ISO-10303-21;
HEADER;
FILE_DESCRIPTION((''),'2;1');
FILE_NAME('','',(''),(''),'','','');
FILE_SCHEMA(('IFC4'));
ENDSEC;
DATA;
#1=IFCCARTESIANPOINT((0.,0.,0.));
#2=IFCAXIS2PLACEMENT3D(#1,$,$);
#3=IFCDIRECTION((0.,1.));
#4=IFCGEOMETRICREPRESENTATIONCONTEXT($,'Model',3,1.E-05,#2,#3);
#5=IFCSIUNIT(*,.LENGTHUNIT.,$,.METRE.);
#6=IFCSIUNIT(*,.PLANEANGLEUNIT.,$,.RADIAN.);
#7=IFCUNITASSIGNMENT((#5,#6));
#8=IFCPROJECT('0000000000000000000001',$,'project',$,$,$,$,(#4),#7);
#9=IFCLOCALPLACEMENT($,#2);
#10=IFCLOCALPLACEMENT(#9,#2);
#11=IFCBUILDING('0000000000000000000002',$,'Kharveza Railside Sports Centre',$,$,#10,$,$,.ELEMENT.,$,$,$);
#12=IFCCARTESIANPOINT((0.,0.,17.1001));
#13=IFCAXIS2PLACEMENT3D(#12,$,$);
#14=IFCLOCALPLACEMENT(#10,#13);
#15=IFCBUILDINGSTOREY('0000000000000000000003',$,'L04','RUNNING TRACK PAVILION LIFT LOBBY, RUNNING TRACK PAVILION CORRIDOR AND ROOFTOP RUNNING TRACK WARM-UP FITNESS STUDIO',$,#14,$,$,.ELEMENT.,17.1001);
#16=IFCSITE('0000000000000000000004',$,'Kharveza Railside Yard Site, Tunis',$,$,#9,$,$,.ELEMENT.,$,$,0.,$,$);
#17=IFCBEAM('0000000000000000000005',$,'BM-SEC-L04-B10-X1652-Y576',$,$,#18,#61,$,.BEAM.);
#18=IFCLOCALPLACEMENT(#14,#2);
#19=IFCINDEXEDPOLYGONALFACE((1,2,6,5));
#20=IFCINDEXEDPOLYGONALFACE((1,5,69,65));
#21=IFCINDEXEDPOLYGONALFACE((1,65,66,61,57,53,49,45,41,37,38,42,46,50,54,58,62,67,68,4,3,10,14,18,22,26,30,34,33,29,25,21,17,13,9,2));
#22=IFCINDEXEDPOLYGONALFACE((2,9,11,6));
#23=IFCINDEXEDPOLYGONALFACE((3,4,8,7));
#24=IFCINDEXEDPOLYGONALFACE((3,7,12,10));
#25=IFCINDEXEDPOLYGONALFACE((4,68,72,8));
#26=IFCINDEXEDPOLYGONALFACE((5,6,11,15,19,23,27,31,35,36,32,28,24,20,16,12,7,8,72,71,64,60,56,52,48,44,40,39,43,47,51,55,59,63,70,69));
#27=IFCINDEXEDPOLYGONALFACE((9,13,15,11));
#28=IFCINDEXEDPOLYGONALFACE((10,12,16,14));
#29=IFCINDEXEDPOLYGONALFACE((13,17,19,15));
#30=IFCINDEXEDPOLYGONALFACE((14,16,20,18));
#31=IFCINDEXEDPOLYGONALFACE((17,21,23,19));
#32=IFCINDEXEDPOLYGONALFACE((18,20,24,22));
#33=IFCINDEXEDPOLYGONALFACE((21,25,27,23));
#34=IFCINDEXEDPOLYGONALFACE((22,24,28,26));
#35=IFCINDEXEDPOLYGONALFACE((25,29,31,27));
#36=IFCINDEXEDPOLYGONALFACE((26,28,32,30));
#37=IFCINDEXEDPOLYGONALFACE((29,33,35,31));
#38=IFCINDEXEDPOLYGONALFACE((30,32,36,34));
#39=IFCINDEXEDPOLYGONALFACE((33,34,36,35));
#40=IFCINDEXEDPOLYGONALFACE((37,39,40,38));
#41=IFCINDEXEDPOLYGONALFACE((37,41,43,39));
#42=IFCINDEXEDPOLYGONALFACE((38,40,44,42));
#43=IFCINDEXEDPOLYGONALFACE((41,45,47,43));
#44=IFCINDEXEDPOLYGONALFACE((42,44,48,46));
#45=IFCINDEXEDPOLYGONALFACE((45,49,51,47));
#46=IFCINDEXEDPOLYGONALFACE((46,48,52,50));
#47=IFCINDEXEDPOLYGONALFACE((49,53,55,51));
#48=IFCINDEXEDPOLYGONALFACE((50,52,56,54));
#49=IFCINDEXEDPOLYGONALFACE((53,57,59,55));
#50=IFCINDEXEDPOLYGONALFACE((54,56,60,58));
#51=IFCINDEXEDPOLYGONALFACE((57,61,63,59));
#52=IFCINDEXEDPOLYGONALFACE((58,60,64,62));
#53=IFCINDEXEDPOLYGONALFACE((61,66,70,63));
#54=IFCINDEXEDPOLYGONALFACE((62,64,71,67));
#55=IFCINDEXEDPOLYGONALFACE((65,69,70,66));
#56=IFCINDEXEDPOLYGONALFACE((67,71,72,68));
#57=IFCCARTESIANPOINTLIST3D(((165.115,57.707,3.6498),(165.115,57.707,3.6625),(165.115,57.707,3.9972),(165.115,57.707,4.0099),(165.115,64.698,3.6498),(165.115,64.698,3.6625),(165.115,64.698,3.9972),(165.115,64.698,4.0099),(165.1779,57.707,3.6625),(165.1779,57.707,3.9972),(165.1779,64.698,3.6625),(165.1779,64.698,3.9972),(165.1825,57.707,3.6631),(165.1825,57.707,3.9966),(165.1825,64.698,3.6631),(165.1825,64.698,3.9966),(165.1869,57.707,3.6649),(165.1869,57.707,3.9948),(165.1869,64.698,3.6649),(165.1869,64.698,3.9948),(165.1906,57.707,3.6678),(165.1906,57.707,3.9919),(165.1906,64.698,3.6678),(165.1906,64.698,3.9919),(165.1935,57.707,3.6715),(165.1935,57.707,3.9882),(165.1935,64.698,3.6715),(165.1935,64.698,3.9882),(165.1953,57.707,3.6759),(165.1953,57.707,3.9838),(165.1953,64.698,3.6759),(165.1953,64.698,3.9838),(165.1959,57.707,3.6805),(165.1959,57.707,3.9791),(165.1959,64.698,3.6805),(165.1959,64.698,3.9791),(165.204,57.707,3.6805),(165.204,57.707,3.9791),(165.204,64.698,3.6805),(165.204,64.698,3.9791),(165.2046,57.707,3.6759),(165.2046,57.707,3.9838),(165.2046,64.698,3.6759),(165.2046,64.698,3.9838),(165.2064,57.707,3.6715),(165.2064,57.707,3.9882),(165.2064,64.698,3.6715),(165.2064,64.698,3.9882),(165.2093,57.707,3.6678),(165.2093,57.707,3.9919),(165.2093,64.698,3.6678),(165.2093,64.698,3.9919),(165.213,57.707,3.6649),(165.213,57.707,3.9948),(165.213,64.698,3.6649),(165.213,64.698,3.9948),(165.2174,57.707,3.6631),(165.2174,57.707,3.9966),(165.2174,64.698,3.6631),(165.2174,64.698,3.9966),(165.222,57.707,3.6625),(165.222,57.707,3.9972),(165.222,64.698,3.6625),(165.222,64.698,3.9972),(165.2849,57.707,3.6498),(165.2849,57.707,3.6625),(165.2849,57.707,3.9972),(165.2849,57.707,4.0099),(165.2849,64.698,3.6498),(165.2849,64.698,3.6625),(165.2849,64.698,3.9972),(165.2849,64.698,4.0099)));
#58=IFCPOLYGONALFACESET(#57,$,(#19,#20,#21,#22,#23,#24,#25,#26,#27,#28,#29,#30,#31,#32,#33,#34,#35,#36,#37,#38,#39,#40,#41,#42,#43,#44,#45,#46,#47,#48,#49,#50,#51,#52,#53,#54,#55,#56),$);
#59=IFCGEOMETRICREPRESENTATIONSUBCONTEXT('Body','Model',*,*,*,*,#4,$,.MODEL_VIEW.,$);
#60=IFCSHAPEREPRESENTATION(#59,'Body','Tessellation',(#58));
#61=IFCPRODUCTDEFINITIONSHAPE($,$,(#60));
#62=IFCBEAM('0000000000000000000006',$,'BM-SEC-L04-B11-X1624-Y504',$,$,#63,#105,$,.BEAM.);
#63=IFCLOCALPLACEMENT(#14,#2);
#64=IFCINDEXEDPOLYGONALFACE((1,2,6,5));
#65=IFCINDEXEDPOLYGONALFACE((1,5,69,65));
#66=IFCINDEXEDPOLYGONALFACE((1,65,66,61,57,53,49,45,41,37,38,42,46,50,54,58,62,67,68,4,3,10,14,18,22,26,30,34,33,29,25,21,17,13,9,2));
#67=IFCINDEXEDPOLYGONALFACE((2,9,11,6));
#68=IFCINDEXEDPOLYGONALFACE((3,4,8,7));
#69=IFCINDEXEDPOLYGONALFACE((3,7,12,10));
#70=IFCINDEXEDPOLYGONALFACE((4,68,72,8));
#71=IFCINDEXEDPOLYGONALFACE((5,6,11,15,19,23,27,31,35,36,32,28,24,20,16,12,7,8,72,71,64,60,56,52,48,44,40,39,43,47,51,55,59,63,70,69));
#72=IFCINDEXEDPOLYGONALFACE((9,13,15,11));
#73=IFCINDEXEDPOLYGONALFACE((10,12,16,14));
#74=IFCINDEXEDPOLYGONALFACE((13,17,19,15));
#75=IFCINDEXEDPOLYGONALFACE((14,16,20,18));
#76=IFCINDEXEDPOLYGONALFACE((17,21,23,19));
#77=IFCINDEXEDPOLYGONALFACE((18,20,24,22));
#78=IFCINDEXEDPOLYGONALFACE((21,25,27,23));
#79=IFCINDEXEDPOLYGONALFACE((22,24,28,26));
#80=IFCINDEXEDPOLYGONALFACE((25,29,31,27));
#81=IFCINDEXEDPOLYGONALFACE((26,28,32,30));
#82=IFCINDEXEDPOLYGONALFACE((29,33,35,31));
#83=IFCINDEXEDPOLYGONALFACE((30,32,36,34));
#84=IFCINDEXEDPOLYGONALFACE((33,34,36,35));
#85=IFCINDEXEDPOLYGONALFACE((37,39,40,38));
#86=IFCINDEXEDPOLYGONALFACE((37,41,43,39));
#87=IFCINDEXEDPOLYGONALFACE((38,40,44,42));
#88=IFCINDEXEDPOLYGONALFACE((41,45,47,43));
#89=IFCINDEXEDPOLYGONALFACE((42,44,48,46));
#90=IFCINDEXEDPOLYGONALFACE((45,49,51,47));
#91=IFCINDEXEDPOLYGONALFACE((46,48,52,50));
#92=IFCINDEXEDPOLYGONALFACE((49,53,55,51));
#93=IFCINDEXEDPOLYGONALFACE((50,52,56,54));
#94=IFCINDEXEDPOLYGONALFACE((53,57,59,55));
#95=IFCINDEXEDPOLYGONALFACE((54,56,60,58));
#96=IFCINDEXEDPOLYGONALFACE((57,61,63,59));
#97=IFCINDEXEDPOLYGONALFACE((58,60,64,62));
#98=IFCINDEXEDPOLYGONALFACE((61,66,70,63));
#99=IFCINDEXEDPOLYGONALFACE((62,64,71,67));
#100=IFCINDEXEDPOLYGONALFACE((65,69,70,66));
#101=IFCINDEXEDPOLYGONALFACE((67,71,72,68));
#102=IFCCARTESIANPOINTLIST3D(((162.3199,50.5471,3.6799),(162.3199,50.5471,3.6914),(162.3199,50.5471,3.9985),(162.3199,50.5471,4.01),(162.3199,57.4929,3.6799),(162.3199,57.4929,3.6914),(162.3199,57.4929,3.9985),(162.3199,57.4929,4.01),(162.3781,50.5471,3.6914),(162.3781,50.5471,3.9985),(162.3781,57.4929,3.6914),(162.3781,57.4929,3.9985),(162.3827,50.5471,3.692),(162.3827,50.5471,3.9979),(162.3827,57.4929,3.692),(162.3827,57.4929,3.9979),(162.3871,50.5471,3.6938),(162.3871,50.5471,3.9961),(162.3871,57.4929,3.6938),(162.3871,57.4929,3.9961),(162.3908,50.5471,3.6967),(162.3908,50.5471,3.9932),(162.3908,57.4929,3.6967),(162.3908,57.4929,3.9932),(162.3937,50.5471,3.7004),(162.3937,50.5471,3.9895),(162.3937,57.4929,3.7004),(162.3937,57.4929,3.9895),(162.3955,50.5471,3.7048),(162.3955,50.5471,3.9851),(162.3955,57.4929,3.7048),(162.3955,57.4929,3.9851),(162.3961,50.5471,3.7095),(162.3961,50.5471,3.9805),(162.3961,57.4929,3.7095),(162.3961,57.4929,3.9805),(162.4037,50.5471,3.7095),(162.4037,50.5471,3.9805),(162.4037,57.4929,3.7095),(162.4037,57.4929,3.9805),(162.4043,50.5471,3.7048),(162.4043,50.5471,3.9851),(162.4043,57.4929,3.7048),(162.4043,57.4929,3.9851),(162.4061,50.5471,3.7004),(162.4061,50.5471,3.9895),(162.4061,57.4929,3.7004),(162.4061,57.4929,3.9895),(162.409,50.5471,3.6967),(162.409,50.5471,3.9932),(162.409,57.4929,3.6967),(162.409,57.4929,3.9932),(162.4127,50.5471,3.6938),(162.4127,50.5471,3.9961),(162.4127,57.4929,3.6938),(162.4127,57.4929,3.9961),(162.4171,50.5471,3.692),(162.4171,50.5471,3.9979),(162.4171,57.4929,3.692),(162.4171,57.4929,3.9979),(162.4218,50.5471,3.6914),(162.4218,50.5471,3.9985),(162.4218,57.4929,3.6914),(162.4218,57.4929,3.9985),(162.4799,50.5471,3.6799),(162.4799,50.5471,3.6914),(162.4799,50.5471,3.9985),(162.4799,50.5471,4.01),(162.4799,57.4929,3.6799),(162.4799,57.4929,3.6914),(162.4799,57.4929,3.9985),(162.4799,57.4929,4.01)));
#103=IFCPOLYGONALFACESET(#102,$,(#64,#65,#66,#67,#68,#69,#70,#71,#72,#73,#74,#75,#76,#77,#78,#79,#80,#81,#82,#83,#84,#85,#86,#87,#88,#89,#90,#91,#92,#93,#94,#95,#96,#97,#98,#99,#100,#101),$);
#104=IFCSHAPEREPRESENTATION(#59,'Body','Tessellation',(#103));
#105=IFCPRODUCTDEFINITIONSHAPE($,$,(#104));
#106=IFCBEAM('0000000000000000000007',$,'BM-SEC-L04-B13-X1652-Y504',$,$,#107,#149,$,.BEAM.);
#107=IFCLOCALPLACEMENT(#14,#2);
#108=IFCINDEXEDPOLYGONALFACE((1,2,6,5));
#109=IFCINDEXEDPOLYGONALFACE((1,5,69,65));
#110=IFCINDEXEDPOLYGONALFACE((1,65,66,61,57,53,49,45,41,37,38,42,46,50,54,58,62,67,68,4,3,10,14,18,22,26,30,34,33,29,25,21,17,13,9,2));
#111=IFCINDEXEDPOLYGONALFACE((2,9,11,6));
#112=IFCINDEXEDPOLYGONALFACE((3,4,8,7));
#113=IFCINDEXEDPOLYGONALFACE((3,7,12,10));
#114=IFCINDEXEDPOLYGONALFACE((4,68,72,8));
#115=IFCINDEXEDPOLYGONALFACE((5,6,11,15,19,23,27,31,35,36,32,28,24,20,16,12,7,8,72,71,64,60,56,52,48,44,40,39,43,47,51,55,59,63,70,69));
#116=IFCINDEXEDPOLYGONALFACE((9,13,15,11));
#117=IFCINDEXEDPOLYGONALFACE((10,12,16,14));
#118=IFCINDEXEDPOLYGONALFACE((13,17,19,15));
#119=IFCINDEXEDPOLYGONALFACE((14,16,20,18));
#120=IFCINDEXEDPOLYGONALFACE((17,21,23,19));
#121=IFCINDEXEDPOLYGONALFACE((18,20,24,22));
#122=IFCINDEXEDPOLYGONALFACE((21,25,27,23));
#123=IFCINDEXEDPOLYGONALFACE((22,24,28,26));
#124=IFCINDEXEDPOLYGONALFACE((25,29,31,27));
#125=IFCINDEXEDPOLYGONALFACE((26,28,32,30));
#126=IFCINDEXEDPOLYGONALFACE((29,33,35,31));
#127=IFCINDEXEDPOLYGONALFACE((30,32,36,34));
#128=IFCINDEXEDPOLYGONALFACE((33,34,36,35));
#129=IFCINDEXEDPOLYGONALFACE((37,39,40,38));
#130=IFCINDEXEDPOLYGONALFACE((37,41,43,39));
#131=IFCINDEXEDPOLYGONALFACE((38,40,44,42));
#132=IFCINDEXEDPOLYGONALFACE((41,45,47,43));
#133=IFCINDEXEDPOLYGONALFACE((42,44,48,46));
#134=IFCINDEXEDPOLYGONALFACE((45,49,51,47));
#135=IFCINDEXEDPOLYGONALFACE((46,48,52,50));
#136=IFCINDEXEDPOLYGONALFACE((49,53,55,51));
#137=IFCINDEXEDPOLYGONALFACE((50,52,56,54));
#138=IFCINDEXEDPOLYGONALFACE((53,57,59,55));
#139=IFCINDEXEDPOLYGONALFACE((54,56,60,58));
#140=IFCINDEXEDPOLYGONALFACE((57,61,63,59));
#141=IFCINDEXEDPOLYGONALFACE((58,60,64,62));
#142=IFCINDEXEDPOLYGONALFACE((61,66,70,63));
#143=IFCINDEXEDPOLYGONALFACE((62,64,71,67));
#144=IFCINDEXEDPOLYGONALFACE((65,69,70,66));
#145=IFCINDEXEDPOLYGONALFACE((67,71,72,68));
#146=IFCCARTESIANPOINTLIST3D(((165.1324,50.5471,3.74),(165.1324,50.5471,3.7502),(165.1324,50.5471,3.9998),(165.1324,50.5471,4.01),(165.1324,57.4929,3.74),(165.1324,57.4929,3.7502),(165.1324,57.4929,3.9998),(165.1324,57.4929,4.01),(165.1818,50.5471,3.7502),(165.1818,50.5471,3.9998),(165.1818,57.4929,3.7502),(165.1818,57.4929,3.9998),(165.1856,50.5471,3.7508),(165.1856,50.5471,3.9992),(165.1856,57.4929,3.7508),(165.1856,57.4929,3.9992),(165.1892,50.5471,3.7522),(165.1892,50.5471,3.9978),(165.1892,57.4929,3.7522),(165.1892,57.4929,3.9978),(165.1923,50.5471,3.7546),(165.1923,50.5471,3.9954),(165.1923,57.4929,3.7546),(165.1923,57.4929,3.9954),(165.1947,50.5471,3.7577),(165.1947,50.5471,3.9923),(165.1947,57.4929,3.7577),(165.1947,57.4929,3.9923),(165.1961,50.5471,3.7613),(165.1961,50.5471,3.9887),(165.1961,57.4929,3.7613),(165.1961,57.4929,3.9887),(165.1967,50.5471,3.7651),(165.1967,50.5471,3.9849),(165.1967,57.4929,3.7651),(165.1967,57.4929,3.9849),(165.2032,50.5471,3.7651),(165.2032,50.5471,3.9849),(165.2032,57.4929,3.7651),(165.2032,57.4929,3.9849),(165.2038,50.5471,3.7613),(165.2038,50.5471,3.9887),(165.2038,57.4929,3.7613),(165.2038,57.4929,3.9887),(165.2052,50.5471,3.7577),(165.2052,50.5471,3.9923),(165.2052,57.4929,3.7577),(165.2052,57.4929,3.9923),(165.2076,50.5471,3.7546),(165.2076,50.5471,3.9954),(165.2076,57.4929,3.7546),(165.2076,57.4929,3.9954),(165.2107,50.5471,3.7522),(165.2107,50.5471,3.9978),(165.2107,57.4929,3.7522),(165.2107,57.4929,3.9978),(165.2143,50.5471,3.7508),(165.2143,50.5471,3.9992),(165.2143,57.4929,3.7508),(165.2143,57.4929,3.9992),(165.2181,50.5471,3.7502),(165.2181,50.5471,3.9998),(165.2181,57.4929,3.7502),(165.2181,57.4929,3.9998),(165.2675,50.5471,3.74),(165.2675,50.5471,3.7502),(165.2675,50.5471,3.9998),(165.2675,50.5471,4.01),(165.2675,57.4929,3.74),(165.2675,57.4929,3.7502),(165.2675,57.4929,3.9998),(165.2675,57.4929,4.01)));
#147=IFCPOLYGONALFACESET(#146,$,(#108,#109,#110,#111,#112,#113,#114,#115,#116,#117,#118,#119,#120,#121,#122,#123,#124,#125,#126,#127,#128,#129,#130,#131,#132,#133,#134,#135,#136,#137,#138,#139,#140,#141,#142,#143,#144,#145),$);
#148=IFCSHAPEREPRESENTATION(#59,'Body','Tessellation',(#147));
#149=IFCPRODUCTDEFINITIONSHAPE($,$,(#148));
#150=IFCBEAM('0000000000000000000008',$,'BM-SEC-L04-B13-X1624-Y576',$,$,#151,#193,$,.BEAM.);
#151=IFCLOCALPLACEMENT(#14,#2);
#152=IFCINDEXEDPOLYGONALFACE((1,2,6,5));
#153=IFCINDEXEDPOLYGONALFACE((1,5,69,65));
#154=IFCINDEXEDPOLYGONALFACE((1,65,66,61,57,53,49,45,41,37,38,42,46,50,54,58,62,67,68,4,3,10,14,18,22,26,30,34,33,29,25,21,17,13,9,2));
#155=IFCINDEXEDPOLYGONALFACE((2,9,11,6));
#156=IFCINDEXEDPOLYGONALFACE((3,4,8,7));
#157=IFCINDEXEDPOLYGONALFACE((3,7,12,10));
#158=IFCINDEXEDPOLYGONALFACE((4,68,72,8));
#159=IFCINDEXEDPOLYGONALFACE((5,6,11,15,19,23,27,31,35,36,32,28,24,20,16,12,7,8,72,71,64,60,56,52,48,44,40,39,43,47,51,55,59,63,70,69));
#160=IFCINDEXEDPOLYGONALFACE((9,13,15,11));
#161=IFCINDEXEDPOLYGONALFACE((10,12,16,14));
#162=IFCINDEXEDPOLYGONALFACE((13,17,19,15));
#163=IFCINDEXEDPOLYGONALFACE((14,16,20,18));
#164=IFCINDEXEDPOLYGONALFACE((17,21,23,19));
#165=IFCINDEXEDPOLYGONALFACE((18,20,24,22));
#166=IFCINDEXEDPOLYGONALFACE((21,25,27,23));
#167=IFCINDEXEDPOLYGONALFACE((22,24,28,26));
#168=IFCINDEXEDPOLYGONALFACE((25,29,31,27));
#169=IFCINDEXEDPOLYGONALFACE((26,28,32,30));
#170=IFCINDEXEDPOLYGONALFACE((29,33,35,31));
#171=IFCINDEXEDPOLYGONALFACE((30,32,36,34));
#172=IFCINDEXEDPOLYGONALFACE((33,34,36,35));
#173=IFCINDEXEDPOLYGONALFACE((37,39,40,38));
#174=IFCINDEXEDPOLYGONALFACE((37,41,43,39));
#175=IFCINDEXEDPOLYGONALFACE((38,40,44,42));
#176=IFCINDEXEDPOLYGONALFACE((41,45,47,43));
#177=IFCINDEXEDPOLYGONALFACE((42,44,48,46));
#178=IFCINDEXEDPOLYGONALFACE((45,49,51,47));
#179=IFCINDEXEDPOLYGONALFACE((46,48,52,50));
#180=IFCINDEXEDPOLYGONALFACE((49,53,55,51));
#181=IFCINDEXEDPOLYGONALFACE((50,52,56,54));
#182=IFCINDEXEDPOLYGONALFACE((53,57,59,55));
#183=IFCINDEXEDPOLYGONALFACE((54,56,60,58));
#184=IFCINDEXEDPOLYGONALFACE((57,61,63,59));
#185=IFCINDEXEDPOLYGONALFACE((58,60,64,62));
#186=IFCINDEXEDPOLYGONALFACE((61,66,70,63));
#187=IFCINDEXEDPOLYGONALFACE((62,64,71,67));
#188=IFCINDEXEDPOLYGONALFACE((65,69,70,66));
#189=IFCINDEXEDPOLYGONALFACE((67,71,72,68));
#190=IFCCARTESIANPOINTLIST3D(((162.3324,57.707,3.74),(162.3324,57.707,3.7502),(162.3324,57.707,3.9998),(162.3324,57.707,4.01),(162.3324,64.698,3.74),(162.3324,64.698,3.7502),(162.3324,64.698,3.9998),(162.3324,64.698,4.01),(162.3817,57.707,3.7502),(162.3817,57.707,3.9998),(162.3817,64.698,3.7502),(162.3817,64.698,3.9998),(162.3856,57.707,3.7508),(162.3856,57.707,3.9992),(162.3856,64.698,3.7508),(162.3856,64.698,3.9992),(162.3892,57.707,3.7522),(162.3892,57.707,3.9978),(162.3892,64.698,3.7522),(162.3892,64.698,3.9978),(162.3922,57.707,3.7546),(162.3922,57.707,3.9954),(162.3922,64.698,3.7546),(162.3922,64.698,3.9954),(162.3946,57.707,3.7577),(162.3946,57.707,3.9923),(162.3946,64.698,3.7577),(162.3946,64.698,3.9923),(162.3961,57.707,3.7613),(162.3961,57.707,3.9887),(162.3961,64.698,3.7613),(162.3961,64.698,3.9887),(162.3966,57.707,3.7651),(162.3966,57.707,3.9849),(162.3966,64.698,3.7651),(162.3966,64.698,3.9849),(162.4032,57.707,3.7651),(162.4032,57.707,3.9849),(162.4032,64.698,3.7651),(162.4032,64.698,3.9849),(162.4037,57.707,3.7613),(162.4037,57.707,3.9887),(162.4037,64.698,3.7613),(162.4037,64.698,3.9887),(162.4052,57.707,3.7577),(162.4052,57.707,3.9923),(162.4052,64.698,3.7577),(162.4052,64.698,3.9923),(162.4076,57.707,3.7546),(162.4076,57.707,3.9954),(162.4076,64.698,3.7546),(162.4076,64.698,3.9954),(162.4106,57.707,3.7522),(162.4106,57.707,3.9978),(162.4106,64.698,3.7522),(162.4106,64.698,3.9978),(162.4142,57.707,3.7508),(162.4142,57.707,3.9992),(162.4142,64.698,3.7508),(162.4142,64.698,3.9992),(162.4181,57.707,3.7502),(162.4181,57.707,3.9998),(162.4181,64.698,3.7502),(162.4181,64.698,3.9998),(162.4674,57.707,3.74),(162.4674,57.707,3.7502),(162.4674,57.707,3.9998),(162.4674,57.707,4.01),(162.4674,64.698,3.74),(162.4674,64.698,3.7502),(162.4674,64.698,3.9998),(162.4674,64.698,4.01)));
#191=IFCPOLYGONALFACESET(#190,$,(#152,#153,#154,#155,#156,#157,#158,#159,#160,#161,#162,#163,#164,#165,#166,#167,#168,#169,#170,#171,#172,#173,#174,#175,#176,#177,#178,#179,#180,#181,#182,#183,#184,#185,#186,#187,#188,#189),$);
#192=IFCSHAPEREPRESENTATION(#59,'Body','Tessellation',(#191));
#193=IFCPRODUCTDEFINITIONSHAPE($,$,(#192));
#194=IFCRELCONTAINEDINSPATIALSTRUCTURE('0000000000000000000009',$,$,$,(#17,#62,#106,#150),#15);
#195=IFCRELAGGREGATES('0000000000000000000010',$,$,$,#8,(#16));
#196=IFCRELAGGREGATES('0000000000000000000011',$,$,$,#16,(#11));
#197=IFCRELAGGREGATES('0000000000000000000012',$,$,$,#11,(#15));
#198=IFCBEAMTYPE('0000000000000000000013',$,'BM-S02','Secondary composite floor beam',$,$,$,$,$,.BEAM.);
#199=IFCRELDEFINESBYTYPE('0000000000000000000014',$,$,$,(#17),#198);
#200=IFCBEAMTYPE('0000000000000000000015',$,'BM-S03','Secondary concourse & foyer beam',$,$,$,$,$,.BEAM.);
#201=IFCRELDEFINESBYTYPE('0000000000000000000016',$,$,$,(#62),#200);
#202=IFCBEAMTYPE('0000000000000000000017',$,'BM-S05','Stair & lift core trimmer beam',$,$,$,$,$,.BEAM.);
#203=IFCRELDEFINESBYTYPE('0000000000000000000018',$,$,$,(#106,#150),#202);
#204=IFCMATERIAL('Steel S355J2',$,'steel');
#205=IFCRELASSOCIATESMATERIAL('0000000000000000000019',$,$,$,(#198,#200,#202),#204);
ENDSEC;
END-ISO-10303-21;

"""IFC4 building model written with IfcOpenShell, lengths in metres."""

from ifc_helpers import new_model, si_unit, direction, frame, origin, origin_2d, place, context, subcontext, project, spatial, i_section, extrude, material, material_profile, profile_set, type_object, element, save


model = new_model("IFC4")

# Units and contexts
model_context = context("Model", 3, precision=1e-05, world=origin(), true_north=direction((0.0, 1.0)))
body_context = subcontext(model_context, "Body", "Model", "MODEL_VIEW")
ifc_project = project(units=[si_unit("LENGTHUNIT", "METRE"), si_unit("PLANEANGLEUNIT", "RADIAN")], contexts=[model_context])

# Site, building, storey
site_placement = place(None, origin())
site = spatial("IfcSite", under=ifc_project, at=site_placement, Name="Kharveza Railside Yard Site, Tunis", CompositionType="ELEMENT", RefElevation=0.0)
building_placement = place(site_placement, origin())
building = spatial("IfcBuilding", under=site, at=building_placement, Name="Kharveza Railside Sports Centre", CompositionType="ELEMENT")
storey_placement = place(building_placement, frame((0.0, 0.0, 17.1001)))
storey = spatial("IfcBuildingStorey", under=building, at=storey_placement, Name="L04", Description="RUNNING TRACK PAVILION LIFT LOBBY, RUNNING TRACK PAVILION CORRIDOR AND ROOFTOP RUNNING TRACK WARM-UP FITNESS STUDIO", CompositionType="ELEMENT", Elevation=17.1001)

# Shared definitions
ifc_material_1 = material(Name="Steel S355J2", Category="steel")

# Beams
ifc_material_profile_1 = material_profile(ifc_material_1, i_section(OverallWidth=0.1699, OverallDepth=0.3601, WebThickness=0.0081, FlangeThickness=0.0127, FilletRadius=0.0181, at=origin_2d()), Name="IPE 360")
ifc_profile_set_1 = profile_set([ifc_material_profile_1], Name="Steel S355J2")
beam_type_1 = type_object("IfcBeamType", Name="BM-S02", Description="Secondary composite floor beam", PredefinedType="BEAM", material=ifc_profile_set_1)
beam_1_placement = place(storey_placement, frame((165.2, 57.707, 3.8298), z_axis=(0.0, 1.0, 0.0), x_axis=(-1.0, 0.0, 0.0)))
element("IfcBeam", 1, at=beam_1_placement, inside=storey, type_object=beam_type_1, Name="BM-SEC-L04-B10-X1652-Y576", PredefinedType="BEAM", context=body_context, shape_type="SweptSolid", body=[
    extrude(i_section(OverallWidth=0.1699, OverallDepth=0.3601, WebThickness=0.0081, FlangeThickness=0.0127, FilletRadius=0.0181, at=origin_2d()), origin(), (0.0, 0.0, 1.0), 6.991),
])
ifc_material_profile_2 = material_profile(ifc_material_1, i_section(OverallWidth=0.1599, OverallDepth=0.3301, WebThickness=0.0076, FlangeThickness=0.0115, FilletRadius=0.0181, at=origin_2d()), Name="IPE 330")
ifc_profile_set_2 = profile_set([ifc_material_profile_2], Name="Steel S355J2")
beam_type_2 = type_object("IfcBeamType", Name="BM-S03", Description="Secondary concourse & foyer beam", PredefinedType="BEAM", material=ifc_profile_set_2)
beam_2_placement = place(storey_placement, frame((162.3999, 50.5471, 3.845), z_axis=(0.0, 1.0, 0.0), x_axis=(-1.0, 0.0, 0.0)))
element("IfcBeam", 2, at=beam_2_placement, inside=storey, type_object=beam_type_2, Name="BM-SEC-L04-B11-X1624-Y504", PredefinedType="BEAM", context=body_context, shape_type="SweptSolid", body=[
    extrude(i_section(OverallWidth=0.1599, OverallDepth=0.3301, WebThickness=0.0076, FlangeThickness=0.0115, FilletRadius=0.0181, at=origin_2d()), origin(), (0.0, 0.0, 1.0), 6.9458),
])
ifc_material_profile_3 = material_profile(ifc_material_1, i_section(OverallWidth=0.135, OverallDepth=0.27, WebThickness=0.0066, FlangeThickness=0.0103, FilletRadius=0.0149, at=origin_2d()), Name="IPE 270")
ifc_profile_set_3 = profile_set([ifc_material_profile_3], Name="Steel S355J2")
beam_type_3 = type_object("IfcBeamType", Name="BM-S05", Description="Stair & lift core trimmer beam", PredefinedType="BEAM", material=ifc_profile_set_3)
beam_3_placement = place(storey_placement, frame((165.2, 50.5471, 3.875), z_axis=(0.0, 1.0, 0.0), x_axis=(-1.0, 0.0, 0.0)))
element("IfcBeam", 3, at=beam_3_placement, inside=storey, type_object=beam_type_3, Name="BM-SEC-L04-B13-X1652-Y504", PredefinedType="BEAM", context=body_context, shape_type="SweptSolid", body=[
    extrude(i_section(OverallWidth=0.135, OverallDepth=0.27, WebThickness=0.0066, FlangeThickness=0.0103, FilletRadius=0.0149, at=origin_2d()), origin(), (0.0, 0.0, 1.0), 6.9458),
])
beam_4_placement = place(storey_placement, frame((162.3999, 57.707, 3.875), z_axis=(0.0, 1.0, 0.0), x_axis=(-1.0, 0.0, 0.0)))
element("IfcBeam", 4, at=beam_4_placement, inside=storey, type_object=beam_type_3, Name="BM-SEC-L04-B13-X1624-Y576", PredefinedType="BEAM", context=body_context, shape_type="SweptSolid", body=[
    extrude(i_section(OverallWidth=0.135, OverallDepth=0.27, WebThickness=0.0066, FlangeThickness=0.0103, FilletRadius=0.0149, at=origin_2d()), origin(), (0.0, 0.0, 1.0), 6.991),
])

save(model, "model.ifc")
